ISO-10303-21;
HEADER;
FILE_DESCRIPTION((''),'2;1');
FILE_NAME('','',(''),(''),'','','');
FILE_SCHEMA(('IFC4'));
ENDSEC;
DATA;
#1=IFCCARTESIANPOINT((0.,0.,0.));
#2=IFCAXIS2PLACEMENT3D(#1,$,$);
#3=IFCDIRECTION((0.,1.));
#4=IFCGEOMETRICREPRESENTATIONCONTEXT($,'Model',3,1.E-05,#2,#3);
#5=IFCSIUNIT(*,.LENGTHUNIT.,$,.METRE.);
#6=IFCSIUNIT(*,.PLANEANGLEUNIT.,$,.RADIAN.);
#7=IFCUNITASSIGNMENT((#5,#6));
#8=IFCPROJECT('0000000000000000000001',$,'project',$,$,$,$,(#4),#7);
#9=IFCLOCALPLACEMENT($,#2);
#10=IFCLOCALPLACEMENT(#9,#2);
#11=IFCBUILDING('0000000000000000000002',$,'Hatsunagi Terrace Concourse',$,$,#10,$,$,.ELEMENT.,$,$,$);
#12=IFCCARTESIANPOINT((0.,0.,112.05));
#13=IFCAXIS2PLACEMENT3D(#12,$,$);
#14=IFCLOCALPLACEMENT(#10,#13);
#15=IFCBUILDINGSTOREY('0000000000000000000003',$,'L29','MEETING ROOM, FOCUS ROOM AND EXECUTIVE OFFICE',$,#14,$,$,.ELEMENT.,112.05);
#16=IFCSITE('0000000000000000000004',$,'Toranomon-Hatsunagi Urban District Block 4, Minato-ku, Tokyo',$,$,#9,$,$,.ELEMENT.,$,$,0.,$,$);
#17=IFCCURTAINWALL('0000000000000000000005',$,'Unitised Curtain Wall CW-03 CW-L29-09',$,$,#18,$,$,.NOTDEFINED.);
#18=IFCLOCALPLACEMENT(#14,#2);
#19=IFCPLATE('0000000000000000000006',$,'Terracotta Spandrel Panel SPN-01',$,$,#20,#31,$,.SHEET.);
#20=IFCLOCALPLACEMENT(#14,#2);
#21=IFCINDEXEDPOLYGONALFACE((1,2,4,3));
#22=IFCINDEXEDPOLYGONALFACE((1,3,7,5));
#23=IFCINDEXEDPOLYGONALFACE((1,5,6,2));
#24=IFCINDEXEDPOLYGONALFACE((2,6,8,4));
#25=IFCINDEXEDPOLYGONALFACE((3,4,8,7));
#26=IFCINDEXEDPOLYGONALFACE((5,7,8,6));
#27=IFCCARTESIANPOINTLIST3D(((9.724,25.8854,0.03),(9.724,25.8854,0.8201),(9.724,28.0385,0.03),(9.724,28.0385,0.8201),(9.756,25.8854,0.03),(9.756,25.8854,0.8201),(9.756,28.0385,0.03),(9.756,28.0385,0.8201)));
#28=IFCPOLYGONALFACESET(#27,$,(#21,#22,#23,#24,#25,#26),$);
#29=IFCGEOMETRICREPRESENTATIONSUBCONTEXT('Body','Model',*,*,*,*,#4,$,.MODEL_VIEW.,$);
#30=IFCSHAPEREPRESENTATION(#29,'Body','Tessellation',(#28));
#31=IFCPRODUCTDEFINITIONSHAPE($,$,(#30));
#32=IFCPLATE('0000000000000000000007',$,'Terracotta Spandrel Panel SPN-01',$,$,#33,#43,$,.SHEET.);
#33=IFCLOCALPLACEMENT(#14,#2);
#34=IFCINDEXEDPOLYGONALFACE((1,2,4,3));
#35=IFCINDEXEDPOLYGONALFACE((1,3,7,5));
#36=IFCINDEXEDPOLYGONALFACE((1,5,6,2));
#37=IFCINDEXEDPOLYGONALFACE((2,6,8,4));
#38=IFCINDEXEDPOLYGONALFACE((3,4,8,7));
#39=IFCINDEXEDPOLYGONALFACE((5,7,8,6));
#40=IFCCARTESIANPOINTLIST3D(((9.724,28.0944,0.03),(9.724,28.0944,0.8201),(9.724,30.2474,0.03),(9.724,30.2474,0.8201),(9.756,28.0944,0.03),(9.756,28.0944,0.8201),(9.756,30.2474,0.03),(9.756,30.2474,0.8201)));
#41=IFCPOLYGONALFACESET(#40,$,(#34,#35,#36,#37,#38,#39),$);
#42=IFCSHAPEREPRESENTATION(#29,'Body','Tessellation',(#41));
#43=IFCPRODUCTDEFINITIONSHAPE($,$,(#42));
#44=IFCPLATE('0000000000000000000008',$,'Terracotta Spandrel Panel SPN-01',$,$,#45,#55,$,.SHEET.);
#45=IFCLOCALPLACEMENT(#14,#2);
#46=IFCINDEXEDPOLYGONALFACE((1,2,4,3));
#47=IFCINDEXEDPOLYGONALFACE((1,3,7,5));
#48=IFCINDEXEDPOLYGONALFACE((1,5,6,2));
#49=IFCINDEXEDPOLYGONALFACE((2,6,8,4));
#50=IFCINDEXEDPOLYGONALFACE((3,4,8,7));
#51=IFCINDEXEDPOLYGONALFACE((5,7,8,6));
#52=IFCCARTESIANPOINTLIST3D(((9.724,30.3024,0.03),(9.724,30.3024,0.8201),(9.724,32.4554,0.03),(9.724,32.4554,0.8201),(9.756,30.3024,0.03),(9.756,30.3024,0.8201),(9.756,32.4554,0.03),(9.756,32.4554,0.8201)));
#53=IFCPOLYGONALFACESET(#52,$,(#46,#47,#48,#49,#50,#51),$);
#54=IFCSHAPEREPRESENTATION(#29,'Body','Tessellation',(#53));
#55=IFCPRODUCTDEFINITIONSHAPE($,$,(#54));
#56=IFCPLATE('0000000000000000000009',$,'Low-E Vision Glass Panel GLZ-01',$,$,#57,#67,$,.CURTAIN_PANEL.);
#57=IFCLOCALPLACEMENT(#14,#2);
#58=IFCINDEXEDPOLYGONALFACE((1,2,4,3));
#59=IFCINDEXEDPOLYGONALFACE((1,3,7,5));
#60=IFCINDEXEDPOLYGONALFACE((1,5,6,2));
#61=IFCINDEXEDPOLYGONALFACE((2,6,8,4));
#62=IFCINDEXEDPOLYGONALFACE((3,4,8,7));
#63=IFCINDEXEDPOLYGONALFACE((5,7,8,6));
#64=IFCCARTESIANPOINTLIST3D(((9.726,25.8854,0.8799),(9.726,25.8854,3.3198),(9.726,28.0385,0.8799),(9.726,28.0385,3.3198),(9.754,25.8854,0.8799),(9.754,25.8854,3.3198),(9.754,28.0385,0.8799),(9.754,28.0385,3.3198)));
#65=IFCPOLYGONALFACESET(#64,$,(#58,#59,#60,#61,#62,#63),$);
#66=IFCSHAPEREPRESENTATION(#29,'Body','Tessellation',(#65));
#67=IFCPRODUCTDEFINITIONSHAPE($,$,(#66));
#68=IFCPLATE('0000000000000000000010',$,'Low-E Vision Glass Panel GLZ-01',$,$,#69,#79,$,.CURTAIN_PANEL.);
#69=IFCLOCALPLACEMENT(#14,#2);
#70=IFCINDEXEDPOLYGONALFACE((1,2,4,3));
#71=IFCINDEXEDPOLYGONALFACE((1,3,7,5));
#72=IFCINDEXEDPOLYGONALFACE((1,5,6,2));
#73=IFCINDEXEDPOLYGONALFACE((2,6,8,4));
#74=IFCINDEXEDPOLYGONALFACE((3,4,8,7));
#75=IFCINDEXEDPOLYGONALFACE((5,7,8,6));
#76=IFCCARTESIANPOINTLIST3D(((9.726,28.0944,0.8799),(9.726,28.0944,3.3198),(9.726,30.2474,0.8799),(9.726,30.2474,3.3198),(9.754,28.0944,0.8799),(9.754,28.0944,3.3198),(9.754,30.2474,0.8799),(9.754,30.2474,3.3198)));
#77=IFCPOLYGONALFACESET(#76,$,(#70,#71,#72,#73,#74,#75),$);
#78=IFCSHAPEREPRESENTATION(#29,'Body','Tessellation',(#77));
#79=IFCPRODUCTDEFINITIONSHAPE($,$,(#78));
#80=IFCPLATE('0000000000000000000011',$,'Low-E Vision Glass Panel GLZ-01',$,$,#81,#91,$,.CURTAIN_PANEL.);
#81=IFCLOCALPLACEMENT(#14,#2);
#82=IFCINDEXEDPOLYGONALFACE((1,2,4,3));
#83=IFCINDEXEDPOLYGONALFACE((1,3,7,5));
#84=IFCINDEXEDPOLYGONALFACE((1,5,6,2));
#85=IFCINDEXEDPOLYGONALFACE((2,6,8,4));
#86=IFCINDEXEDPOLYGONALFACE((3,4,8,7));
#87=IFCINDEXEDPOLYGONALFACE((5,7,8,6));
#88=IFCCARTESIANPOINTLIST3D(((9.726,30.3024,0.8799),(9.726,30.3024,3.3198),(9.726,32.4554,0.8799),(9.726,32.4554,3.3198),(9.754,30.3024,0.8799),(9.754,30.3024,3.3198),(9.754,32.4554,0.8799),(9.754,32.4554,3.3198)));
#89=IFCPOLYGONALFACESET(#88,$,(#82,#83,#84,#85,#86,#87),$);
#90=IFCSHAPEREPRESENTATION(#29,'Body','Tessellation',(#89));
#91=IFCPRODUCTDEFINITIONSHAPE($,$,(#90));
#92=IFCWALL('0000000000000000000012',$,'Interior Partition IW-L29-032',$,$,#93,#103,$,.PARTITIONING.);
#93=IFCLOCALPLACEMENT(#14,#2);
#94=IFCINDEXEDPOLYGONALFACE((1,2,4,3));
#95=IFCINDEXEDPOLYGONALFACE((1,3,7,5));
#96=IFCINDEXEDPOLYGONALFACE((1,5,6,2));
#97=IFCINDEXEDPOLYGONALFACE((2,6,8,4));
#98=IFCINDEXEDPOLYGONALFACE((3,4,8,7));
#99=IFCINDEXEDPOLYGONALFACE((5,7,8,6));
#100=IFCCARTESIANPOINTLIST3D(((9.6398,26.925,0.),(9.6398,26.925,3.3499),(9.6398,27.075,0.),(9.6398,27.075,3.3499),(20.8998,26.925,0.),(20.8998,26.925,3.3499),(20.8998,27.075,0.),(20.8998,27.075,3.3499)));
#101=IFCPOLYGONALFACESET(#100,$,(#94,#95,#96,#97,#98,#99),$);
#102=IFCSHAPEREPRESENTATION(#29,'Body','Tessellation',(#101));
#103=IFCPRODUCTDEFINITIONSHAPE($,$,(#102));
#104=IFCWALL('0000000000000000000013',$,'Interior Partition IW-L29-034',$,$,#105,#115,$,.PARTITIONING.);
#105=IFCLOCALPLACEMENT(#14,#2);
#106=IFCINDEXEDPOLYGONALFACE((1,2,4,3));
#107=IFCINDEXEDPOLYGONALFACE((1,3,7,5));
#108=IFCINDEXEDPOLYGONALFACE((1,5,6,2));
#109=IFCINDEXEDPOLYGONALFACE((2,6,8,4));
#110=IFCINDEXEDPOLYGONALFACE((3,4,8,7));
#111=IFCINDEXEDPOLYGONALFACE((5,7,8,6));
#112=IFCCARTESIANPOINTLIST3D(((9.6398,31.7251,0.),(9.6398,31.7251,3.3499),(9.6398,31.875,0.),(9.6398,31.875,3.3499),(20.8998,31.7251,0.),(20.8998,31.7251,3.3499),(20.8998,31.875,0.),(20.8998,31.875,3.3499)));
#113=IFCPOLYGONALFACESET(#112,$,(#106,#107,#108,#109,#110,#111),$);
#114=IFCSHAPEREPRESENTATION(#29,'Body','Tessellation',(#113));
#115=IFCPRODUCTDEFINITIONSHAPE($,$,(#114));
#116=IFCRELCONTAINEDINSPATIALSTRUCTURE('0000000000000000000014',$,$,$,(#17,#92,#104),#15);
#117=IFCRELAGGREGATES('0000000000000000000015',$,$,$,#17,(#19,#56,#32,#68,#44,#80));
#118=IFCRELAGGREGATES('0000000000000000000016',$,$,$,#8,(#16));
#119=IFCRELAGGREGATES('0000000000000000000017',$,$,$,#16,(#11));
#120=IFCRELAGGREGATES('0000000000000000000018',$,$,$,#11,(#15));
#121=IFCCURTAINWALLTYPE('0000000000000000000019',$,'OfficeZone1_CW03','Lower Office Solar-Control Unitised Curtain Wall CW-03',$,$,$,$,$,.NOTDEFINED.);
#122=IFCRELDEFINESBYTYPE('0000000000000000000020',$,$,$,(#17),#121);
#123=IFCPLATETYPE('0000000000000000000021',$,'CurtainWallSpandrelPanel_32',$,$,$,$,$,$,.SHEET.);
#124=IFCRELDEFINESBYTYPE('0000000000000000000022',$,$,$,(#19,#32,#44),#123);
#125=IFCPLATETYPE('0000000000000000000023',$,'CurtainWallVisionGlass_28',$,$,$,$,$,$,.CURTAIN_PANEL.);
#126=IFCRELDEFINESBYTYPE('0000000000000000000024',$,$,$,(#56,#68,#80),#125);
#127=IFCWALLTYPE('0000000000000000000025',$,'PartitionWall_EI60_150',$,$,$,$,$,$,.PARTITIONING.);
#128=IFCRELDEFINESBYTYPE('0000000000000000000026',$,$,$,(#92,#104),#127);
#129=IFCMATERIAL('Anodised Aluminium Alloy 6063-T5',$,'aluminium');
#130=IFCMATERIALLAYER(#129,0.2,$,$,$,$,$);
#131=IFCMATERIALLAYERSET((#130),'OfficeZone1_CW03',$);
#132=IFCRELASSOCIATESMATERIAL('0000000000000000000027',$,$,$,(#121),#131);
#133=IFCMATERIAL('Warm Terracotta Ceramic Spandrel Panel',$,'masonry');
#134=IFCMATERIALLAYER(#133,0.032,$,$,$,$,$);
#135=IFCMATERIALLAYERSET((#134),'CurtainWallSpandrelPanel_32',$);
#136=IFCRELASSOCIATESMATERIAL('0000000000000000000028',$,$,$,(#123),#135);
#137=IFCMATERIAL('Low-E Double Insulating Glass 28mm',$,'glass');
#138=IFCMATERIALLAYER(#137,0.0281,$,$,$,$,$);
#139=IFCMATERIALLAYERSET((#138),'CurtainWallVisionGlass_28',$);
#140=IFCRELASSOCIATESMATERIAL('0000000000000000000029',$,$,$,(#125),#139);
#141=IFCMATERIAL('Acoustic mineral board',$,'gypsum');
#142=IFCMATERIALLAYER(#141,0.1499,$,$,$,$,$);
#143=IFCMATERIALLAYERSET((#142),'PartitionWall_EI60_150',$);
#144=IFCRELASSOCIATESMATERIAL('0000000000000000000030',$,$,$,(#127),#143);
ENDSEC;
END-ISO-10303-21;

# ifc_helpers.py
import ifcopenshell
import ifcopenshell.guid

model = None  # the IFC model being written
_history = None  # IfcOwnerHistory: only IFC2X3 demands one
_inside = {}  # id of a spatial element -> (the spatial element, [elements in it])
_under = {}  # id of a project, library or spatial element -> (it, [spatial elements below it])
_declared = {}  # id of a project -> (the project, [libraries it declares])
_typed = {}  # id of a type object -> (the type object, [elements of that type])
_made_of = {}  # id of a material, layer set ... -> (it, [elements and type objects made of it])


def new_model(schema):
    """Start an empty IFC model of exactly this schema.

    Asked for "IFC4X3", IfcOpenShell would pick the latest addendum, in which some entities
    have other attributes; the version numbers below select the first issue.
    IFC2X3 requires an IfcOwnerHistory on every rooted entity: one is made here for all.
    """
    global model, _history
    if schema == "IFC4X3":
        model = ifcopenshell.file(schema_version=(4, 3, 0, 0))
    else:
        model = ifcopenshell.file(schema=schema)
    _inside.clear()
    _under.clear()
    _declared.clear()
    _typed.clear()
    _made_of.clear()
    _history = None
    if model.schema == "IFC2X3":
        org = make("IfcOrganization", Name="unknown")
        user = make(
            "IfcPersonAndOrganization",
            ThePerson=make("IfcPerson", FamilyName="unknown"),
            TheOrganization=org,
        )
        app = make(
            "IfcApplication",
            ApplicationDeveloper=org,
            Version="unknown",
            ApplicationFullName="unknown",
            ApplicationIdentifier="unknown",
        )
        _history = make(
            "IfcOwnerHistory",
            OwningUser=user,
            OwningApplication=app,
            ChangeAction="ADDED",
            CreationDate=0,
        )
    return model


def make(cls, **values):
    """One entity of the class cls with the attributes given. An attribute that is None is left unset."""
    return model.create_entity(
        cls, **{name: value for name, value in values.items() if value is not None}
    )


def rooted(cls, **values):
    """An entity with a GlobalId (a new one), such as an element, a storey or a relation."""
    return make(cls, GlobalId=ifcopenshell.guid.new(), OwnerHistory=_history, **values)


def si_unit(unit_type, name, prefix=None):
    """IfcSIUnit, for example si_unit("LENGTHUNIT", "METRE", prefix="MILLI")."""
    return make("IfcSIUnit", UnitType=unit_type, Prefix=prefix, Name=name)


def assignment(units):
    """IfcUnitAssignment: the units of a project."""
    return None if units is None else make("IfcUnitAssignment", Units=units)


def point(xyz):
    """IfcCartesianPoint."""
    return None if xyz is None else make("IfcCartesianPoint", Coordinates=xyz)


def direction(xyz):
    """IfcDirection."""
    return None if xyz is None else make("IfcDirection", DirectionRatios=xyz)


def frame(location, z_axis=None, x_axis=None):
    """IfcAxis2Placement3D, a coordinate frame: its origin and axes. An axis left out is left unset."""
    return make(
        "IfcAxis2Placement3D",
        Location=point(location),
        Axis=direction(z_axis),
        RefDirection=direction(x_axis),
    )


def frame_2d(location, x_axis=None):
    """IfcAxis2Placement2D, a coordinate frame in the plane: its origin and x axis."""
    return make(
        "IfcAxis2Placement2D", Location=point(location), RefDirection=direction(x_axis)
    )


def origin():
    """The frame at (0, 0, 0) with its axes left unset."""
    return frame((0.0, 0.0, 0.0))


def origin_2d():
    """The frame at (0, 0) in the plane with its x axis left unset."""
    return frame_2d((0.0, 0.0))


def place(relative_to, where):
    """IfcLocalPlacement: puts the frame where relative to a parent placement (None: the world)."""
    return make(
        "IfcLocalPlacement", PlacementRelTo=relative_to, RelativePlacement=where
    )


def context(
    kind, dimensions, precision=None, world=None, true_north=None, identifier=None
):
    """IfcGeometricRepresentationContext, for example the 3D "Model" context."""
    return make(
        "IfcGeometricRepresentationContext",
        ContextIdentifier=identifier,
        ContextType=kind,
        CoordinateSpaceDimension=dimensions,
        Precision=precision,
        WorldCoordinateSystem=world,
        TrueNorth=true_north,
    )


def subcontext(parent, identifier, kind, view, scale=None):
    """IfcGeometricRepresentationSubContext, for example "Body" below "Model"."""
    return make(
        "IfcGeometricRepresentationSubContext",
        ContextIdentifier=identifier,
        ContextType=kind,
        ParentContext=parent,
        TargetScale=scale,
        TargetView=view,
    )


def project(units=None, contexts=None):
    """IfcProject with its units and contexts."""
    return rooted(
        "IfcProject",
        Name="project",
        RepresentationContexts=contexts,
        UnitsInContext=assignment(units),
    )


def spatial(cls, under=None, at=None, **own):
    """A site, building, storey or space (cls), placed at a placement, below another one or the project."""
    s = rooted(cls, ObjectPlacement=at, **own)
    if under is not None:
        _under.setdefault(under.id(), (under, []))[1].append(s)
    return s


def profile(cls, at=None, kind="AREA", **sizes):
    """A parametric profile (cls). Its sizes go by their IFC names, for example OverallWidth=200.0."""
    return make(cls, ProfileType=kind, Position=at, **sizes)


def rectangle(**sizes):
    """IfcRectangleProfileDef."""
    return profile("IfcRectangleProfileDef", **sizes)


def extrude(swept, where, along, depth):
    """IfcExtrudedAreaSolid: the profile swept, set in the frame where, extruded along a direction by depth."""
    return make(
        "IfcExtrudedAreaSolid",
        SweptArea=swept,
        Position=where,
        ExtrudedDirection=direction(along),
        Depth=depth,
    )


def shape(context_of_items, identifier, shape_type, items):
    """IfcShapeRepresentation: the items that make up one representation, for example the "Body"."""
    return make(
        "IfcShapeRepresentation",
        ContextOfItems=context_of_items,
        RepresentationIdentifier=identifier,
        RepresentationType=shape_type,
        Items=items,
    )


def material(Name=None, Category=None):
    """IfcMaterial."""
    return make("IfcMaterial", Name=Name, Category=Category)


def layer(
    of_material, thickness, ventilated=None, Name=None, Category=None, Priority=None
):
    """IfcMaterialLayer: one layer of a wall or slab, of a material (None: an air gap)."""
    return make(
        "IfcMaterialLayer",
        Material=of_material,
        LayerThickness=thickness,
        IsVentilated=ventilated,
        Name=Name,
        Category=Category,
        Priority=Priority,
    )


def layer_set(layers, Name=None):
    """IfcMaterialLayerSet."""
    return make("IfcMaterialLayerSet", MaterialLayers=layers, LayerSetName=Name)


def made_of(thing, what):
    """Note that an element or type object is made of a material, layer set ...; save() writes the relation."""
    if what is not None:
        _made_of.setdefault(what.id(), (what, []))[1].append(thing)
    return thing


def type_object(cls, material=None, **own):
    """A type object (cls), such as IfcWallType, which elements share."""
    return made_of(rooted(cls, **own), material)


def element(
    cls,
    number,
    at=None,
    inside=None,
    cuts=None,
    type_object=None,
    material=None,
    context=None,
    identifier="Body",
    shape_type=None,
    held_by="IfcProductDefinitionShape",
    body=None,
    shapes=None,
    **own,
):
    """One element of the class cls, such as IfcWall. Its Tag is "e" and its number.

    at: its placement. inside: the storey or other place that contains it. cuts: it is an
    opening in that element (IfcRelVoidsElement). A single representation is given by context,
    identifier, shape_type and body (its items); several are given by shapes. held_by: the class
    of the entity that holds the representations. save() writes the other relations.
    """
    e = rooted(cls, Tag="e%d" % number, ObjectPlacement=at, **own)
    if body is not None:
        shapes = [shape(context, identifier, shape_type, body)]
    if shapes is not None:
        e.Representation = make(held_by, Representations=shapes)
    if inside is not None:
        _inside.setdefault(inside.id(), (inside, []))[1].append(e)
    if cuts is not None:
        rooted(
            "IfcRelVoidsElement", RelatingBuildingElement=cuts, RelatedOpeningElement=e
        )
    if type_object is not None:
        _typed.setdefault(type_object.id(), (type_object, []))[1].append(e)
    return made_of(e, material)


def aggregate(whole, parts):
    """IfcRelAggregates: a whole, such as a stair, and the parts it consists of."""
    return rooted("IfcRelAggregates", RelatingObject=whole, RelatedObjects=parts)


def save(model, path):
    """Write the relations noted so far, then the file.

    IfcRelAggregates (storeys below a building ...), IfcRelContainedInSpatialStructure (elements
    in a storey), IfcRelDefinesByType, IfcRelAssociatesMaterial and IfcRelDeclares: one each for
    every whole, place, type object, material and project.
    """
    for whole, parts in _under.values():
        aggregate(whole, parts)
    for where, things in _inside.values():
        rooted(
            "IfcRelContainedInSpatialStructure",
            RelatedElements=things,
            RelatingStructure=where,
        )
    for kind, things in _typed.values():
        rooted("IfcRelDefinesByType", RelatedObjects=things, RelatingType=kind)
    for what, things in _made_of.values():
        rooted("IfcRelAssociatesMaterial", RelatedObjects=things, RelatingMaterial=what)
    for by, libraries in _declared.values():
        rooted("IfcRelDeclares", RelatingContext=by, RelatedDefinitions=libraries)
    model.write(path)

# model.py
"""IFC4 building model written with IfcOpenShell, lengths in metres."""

from ifc_helpers import new_model, si_unit, direction, frame, frame_2d, origin, origin_2d, place, context, subcontext, project, spatial, rectangle, extrude, material, layer, layer_set, type_object, element, aggregate, save


model = new_model("IFC4")

# Units and contexts
model_context = context("Model", 3, precision=1e-05, world=origin(), true_north=direction((0.0, 1.0)))
body_context = subcontext(model_context, "Body", "Model", "MODEL_VIEW")
ifc_project = project(units=[si_unit("LENGTHUNIT", "METRE"), si_unit("PLANEANGLEUNIT", "RADIAN")], contexts=[model_context])

# Site, building, storey
site_placement = place(None, origin())
site = spatial("IfcSite", under=ifc_project, at=site_placement, Name="Toranomon-Hatsunagi Urban District Block 4, Minato-ku, Tokyo", CompositionType="ELEMENT", RefElevation=0.0)
building_placement = place(site_placement, origin())
building = spatial("IfcBuilding", under=site, at=building_placement, Name="Hatsunagi Terrace Concourse", CompositionType="ELEMENT")
storey_placement = place(building_placement, frame((0.0, 0.0, 112.05)))
storey = spatial("IfcBuildingStorey", under=building, at=storey_placement, Name="L29", Description="MEETING ROOM, FOCUS ROOM AND EXECUTIVE OFFICE", CompositionType="ELEMENT", Elevation=112.05)

# Curtain wall
ifc_material_1 = material(Name="Anodised Aluminium Alloy 6063-T5", Category="aluminium")
ifc_layer_1 = layer(ifc_material_1, 0.2)
ifc_layer_set_1 = layer_set([ifc_layer_1], Name="OfficeZone1_CW03")
curtain_wall_type = type_object("IfcCurtainWallType", Name="OfficeZone1_CW03", Description="Lower Office Solar-Control Unitised Curtain Wall CW-03", PredefinedType="NOTDEFINED", material=ifc_layer_set_1)
curtain_wall_placement = place(storey_placement, origin())
curtain_wall = element("IfcCurtainWall", 1, at=curtain_wall_placement, inside=storey, type_object=curtain_wall_type, Name="Unitised Curtain Wall CW-03 CW-L29-09", PredefinedType="NOTDEFINED")

# Plates
ifc_material_2 = material(Name="Warm Terracotta Ceramic Spandrel Panel", Category="masonry")
ifc_layer_2 = layer(ifc_material_2, 0.032)
ifc_layer_set_2 = layer_set([ifc_layer_2], Name="CurtainWallSpandrelPanel_32")
plate_type_1 = type_object("IfcPlateType", Name="CurtainWallSpandrelPanel_32", PredefinedType="SHEET", material=ifc_layer_set_2)
plate_1_placement = place(storey_placement, frame((9.74, 26.9619, 0.03), z_axis=(0.0, 0.0, 1.0), x_axis=(0.0, 1.0, 0.0)))
plate_1 = element("IfcPlate", 2, at=plate_1_placement, type_object=plate_type_1, Name="Terracotta Spandrel Panel SPN-01", PredefinedType="SHEET", context=body_context, shape_type="SweptSolid", body=[
    extrude(rectangle(XDim=2.1531, YDim=0.032, at=origin_2d()), origin(), (0.0, 0.0, 1.0), 0.79),
])
plate_2_placement = place(storey_placement, frame((9.74, 29.1709, 0.03), z_axis=(0.0, 0.0, 1.0), x_axis=(0.0, 1.0, 0.0)))
plate_2 = element("IfcPlate", 3, at=plate_2_placement, type_object=plate_type_1, Name="Terracotta Spandrel Panel SPN-01", PredefinedType="SHEET", context=body_context, shape_type="SweptSolid", body=[
    extrude(rectangle(XDim=2.1531, YDim=0.032, at=origin_2d()), origin(), (0.0, 0.0, 1.0), 0.79),
])
plate_3_placement = place(storey_placement, frame((9.74, 31.3789, 0.03), z_axis=(0.0, 0.0, 1.0), x_axis=(0.0, 1.0, 0.0)))
plate_3 = element("IfcPlate", 4, at=plate_3_placement, type_object=plate_type_1, Name="Terracotta Spandrel Panel SPN-01", PredefinedType="SHEET", context=body_context, shape_type="SweptSolid", body=[
    extrude(rectangle(XDim=2.1531, YDim=0.032, at=origin_2d()), origin(), (0.0, 0.0, 1.0), 0.79),
])
ifc_material_3 = material(Name="Low-E Double Insulating Glass 28mm", Category="glass")
ifc_layer_3 = layer(ifc_material_3, 0.0281)
ifc_layer_set_3 = layer_set([ifc_layer_3], Name="CurtainWallVisionGlass_28")
plate_type_2 = type_object("IfcPlateType", Name="CurtainWallVisionGlass_28", PredefinedType="CURTAIN_PANEL", material=ifc_layer_set_3)
plate_4_placement = place(storey_placement, frame((9.74, 26.9619, 0.8799), z_axis=(0.0, 0.0, 1.0), x_axis=(0.0, 1.0, 0.0)))
plate_4 = element("IfcPlate", 5, at=plate_4_placement, type_object=plate_type_2, Name="Low-E Vision Glass Panel GLZ-01", PredefinedType="CURTAIN_PANEL", context=body_context, shape_type="SweptSolid", body=[
    extrude(rectangle(XDim=2.1531, YDim=0.0281, at=origin_2d()), origin(), (0.0, 0.0, 1.0), 2.4399),
])
plate_5_placement = place(storey_placement, frame((9.74, 29.1709, 0.8799), z_axis=(0.0, 0.0, 1.0), x_axis=(0.0, 1.0, 0.0)))
plate_5 = element("IfcPlate", 6, at=plate_5_placement, type_object=plate_type_2, Name="Low-E Vision Glass Panel GLZ-01", PredefinedType="CURTAIN_PANEL", context=body_context, shape_type="SweptSolid", body=[
    extrude(rectangle(XDim=2.1531, YDim=0.0281, at=origin_2d()), origin(), (0.0, 0.0, 1.0), 2.4399),
])
plate_6_placement = place(storey_placement, frame((9.74, 31.3789, 0.8799), z_axis=(0.0, 0.0, 1.0), x_axis=(0.0, 1.0, 0.0)))
plate_6 = element("IfcPlate", 7, at=plate_6_placement, type_object=plate_type_2, Name="Low-E Vision Glass Panel GLZ-01", PredefinedType="CURTAIN_PANEL", context=body_context, shape_type="SweptSolid", body=[
    extrude(rectangle(XDim=2.1531, YDim=0.0281, at=origin_2d()), origin(), (0.0, 0.0, 1.0), 2.4399),
])
aggregate(curtain_wall, [plate_1, plate_4, plate_2, plate_5, plate_3, plate_6])

# Walls
ifc_material_4 = material(Name="Acoustic mineral board", Category="gypsum")
ifc_layer_4 = layer(ifc_material_4, 0.1499)
ifc_layer_set_4 = layer_set([ifc_layer_4], Name="PartitionWall_EI60_150")
wall_type = type_object("IfcWallType", Name="PartitionWall_EI60_150", PredefinedType="PARTITIONING", material=ifc_layer_set_4)
for number, where, z_axis, x_axis, name in (
    (8, (9.6399, 27.0, 0.0), (0.0, 0.0, 1.0), (1.0, 0.0, 0.0), "Interior Partition IW-L29-032"),
    (9, (9.6399, 31.8, 0.0), (0.0, 0.0, 1.0), (1.0, 0.0, 0.0), "Interior Partition IW-L29-034"),
):
    element("IfcWall", number, at=place(storey_placement, frame(where, z_axis=z_axis, x_axis=x_axis)), inside=storey, type_object=wall_type, Name=name, PredefinedType="PARTITIONING", context=body_context, shape_type="SweptSolid", body=[
        extrude(rectangle(XDim=11.26, YDim=0.1499, at=frame_2d((5.6299, 0.0))), origin(), (0.0, 0.0, 1.0), 3.3499),
    ])

save(model, "model.ifc")
